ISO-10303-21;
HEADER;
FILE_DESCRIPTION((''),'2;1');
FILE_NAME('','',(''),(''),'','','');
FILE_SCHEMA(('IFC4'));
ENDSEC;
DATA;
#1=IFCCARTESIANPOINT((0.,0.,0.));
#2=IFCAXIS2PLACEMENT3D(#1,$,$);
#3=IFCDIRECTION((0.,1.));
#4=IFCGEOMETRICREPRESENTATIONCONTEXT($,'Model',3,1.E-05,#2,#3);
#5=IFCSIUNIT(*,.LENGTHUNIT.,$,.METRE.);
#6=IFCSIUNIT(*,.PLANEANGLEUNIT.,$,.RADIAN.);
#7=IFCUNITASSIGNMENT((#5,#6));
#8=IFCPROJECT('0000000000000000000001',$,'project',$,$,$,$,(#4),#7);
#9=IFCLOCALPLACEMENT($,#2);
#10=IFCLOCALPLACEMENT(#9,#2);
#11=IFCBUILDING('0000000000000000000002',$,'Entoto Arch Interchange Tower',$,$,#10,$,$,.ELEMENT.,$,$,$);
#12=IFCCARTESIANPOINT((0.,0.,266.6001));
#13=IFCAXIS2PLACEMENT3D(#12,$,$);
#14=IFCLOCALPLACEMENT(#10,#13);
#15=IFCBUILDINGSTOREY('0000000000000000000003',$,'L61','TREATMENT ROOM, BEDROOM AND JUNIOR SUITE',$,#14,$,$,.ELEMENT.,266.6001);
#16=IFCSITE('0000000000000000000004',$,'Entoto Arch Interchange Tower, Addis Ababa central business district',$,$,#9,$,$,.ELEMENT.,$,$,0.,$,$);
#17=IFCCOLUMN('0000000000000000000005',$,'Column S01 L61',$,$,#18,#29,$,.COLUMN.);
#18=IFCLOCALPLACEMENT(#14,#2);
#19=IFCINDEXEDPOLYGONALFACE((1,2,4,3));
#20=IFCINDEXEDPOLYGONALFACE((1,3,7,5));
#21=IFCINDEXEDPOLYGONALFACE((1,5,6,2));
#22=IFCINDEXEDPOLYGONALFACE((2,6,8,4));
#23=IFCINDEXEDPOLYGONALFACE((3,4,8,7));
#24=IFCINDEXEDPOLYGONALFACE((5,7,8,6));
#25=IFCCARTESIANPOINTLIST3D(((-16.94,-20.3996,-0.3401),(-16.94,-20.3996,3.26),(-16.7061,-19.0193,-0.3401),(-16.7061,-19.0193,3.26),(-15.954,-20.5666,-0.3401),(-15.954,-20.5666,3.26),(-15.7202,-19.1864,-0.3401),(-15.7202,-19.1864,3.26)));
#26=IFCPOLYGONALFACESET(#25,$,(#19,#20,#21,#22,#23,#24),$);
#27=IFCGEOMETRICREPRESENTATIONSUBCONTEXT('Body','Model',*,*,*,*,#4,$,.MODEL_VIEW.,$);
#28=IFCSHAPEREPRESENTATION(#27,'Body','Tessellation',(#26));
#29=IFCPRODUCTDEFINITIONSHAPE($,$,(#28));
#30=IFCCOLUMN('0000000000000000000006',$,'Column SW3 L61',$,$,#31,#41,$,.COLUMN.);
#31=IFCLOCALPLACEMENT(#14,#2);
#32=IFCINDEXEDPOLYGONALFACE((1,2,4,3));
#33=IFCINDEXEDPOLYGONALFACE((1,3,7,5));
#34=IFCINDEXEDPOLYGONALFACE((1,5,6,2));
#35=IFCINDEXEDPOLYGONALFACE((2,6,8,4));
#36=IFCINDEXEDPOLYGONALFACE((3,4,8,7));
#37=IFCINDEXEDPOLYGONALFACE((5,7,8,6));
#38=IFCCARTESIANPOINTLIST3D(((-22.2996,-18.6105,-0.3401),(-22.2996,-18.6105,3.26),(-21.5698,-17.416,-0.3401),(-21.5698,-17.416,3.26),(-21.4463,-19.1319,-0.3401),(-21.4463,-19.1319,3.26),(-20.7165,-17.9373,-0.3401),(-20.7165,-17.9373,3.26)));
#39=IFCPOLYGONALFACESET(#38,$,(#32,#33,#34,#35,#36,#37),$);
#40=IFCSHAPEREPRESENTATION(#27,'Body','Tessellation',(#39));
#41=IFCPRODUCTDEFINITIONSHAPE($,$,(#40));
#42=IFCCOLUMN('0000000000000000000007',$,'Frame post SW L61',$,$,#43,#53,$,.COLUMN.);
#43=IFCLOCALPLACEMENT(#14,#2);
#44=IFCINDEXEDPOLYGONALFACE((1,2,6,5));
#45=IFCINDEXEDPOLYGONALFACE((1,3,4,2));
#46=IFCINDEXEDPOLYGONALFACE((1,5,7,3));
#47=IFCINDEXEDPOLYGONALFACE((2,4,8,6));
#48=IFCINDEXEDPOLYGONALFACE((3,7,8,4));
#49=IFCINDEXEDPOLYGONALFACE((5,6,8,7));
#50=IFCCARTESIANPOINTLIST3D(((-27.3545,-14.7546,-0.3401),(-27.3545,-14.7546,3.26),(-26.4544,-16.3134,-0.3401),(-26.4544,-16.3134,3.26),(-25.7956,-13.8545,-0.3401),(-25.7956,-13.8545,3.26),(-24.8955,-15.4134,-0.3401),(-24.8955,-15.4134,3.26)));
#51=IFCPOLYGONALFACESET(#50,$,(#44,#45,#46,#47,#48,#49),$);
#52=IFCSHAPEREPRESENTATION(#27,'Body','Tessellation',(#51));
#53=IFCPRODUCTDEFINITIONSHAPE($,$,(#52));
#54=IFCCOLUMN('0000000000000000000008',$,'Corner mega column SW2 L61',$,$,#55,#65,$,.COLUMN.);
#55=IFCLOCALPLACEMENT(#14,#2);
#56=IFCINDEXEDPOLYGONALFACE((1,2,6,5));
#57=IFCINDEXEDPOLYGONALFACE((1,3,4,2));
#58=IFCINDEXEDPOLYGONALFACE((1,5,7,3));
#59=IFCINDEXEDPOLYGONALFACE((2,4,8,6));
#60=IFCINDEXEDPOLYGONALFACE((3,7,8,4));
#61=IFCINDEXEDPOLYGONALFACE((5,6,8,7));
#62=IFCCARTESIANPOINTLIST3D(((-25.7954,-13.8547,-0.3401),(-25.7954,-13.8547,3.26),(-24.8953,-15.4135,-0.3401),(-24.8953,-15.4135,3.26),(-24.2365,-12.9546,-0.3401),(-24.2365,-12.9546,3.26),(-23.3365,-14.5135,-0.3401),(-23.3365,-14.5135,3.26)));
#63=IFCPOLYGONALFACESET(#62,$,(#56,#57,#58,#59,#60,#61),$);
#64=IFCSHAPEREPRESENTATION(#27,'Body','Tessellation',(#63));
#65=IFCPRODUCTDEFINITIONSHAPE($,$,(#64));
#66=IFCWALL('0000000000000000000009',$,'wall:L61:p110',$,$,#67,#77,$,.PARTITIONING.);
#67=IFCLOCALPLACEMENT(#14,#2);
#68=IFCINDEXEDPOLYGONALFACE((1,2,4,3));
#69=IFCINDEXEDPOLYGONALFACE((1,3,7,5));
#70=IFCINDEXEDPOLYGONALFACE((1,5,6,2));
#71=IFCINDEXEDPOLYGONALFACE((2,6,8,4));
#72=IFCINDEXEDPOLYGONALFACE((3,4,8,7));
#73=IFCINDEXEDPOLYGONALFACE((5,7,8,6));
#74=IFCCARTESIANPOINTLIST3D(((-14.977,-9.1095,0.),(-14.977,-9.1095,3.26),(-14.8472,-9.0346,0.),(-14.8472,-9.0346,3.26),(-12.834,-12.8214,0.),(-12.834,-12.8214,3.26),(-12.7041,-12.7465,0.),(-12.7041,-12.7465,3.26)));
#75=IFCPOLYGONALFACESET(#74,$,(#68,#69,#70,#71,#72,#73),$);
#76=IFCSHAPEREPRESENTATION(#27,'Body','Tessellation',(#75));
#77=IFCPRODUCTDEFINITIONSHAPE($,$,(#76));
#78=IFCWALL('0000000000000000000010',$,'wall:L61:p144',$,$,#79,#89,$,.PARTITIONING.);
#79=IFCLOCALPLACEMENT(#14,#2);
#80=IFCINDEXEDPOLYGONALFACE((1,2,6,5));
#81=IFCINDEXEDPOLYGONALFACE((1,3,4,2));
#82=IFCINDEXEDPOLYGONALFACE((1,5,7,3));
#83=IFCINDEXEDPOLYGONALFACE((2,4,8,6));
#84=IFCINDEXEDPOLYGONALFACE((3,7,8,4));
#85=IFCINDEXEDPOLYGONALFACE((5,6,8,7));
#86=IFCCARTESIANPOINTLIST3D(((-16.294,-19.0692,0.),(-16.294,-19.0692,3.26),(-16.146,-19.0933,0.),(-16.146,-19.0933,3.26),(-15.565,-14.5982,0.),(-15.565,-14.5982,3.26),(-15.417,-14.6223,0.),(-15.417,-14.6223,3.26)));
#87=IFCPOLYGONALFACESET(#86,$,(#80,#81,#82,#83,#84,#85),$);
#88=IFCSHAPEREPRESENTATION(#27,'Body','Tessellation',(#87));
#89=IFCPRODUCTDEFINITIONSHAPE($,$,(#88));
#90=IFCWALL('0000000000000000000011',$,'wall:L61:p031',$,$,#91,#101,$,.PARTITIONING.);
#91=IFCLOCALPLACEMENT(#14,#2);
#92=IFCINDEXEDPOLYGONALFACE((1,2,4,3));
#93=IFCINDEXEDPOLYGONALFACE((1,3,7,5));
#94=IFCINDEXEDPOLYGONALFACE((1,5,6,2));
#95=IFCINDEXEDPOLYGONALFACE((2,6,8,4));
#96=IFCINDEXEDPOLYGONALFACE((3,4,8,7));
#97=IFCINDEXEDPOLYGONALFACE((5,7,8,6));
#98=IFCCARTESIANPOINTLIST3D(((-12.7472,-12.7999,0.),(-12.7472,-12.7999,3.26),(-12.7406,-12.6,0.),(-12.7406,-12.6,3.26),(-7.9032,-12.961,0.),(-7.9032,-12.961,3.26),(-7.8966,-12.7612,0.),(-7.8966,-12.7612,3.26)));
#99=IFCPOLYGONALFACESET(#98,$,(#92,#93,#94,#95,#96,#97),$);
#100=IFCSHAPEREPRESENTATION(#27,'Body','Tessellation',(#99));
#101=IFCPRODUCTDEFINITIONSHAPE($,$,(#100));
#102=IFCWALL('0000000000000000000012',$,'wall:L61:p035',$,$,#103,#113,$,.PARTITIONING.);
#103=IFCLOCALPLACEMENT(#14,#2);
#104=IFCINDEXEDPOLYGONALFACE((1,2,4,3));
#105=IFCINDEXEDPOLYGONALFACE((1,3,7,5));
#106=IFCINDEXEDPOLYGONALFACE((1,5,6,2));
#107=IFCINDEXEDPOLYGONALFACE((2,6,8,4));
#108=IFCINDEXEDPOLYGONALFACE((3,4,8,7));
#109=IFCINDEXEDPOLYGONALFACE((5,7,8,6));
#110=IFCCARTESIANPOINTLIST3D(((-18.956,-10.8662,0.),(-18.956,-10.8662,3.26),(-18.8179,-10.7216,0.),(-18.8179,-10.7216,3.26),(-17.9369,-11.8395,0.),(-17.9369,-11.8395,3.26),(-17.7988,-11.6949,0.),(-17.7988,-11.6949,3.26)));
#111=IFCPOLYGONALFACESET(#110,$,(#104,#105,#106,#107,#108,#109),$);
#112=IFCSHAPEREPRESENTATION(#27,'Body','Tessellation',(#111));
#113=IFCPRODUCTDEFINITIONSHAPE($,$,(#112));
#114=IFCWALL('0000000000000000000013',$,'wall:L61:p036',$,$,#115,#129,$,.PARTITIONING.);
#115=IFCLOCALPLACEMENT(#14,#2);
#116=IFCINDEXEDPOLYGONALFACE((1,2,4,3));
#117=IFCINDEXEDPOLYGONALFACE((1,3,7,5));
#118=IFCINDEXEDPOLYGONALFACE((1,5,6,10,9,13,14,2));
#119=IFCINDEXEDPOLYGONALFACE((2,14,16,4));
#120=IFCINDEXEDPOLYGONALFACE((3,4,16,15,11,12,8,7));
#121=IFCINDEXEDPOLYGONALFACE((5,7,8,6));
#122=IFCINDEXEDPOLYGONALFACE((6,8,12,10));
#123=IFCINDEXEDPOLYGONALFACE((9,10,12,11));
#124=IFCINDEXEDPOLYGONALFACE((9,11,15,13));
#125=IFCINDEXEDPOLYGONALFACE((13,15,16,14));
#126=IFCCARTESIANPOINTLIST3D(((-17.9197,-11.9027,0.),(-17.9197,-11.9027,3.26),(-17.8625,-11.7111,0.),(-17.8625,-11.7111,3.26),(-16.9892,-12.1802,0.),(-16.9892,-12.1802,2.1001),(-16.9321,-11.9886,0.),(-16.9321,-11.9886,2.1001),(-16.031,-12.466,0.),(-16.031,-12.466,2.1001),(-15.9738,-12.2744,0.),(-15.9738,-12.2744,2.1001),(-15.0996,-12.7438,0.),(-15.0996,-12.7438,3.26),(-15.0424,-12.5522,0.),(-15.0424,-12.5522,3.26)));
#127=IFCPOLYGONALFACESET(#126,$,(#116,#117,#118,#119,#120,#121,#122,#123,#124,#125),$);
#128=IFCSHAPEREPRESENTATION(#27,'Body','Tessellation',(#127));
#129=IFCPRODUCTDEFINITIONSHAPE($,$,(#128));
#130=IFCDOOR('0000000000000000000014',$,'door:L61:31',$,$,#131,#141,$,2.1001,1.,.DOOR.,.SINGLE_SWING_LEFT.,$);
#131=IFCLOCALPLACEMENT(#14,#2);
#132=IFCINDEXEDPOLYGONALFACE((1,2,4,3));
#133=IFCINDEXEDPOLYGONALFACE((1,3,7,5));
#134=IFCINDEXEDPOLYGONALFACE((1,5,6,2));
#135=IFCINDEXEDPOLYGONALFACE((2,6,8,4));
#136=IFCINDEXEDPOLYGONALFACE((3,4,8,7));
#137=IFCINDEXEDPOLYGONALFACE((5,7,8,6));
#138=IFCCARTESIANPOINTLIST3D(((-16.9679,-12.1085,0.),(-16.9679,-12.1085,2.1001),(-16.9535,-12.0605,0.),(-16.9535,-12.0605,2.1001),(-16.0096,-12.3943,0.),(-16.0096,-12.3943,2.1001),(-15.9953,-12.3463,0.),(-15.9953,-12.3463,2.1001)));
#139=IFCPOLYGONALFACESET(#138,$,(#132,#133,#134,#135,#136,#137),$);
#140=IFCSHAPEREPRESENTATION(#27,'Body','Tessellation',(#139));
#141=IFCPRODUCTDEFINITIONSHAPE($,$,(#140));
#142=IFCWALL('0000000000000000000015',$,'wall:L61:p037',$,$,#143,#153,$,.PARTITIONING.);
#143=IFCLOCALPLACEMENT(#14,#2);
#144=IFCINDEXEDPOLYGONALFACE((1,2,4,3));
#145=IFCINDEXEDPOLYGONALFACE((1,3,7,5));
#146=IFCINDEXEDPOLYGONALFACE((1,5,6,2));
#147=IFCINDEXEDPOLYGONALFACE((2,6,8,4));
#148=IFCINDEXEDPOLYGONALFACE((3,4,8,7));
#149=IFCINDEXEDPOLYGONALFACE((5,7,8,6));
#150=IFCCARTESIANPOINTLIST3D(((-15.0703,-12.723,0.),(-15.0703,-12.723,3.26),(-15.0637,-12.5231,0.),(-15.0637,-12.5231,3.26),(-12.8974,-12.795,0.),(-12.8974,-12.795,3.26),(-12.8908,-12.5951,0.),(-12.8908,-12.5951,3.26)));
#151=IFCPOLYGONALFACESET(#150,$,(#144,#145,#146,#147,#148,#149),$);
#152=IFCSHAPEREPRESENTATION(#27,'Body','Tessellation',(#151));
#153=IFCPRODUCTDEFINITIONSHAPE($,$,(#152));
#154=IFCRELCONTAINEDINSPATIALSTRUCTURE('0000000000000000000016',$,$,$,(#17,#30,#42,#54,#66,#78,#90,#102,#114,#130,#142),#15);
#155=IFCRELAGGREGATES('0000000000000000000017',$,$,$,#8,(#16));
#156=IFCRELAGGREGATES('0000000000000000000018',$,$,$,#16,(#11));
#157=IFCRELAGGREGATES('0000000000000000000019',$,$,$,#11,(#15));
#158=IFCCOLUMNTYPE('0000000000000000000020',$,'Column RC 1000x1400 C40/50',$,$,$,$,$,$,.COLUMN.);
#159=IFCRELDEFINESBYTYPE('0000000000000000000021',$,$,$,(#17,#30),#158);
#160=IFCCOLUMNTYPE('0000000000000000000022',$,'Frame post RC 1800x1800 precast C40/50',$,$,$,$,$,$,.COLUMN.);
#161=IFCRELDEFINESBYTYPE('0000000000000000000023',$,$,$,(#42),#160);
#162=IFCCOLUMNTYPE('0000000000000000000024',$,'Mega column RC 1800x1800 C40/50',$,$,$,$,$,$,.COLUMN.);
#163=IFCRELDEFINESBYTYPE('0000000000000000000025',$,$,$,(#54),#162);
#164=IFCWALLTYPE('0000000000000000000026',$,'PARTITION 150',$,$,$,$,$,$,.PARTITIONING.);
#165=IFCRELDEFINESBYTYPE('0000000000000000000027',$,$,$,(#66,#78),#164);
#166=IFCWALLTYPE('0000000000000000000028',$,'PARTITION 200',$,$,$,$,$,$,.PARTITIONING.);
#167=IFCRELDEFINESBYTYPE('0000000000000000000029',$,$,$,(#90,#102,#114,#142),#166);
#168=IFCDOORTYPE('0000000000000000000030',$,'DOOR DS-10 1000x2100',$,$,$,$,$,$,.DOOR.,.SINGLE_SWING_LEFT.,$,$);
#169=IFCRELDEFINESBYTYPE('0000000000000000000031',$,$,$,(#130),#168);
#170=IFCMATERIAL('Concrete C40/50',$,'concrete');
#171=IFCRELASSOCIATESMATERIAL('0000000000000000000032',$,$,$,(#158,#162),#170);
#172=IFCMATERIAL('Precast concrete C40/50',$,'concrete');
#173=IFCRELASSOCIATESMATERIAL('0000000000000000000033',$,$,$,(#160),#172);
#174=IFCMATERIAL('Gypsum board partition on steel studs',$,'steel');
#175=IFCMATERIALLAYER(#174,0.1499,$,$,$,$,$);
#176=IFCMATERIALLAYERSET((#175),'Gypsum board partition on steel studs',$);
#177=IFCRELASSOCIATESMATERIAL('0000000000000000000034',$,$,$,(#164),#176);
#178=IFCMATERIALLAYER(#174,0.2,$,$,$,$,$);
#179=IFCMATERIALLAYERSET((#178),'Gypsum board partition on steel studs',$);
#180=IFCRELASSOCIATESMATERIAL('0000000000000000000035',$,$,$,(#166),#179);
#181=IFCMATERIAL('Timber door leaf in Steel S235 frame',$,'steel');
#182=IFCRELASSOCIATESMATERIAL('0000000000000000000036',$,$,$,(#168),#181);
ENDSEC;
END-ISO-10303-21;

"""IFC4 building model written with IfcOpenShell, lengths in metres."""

from ifc_helpers import new_model, si_unit, direction, frame, frame_2d, origin, origin_2d, place, context, subcontext, project, spatial, rectangle, extrude, material, layer, layer_set, material_profile, profile_set, type_object, element, fill, save


model = new_model("IFC4")

# Units and contexts
model_context = context("Model", 3, precision=1e-05, world=origin(), true_north=direction((0.0, 1.0)))
body_context = subcontext(model_context, "Body", "Model", "MODEL_VIEW")
ifc_project = project(units=[si_unit("LENGTHUNIT", "METRE"), si_unit("PLANEANGLEUNIT", "RADIAN")], contexts=[model_context])

# Site, building, storey
site_placement = place(None, origin())
site = spatial("IfcSite", under=ifc_project, at=site_placement, Name="Entoto Arch Interchange Tower, Addis Ababa central business district", CompositionType="ELEMENT", RefElevation=0.0)
building_placement = place(site_placement, origin())
building = spatial("IfcBuilding", under=site, at=building_placement, Name="Entoto Arch Interchange Tower", CompositionType="ELEMENT")
storey_placement = place(building_placement, frame((0.0, 0.0, 266.6001)))
storey = spatial("IfcBuildingStorey", under=building, at=storey_placement, Name="L61", Description="TREATMENT ROOM, BEDROOM AND JUNIOR SUITE", CompositionType="ELEMENT", Elevation=266.6001)

# Columns
ifc_material_1 = material(Name="Concrete C40/50", Category="concrete")
ifc_material_profile_1 = material_profile(ifc_material_1, rectangle(XDim=1.0, YDim=1.3999, at=origin_2d()))
ifc_profile_set_1 = profile_set([ifc_material_profile_1], Name="Concrete C40/50")
column_type_1 = type_object("IfcColumnType", Name="Column RC 1000x1400 C40/50", PredefinedType="COLUMN", material=ifc_profile_set_1)
for number, where, z_axis, x_axis, name in (
    (1, (-16.3301, -19.793, -0.3401), (0.0, 0.0, 1.0), (-0.985952, 0.167027, 0.0), "Column S01 L61"),
    (2, (-21.5081, -18.2739, -0.3401), (0.0, 0.0, 1.0), (-0.853342, 0.521352, 0.0), "Column SW3 L61"),
):
    element("IfcColumn", number, at=place(storey_placement, frame(where, z_axis=z_axis, x_axis=x_axis)), inside=storey, type_object=column_type_1, Name=name, PredefinedType="COLUMN", context=body_context, shape_type="SweptSolid", body=[
        extrude(rectangle(XDim=1.0, YDim=1.3999, at=origin_2d()), origin(), (0.0, 0.0, 1.0), 3.6001),
    ])
ifc_material_2 = material(Name="Precast concrete C40/50", Category="concrete")
ifc_material_profile_2 = material_profile(ifc_material_2, rectangle(XDim=1.8, YDim=1.8, at=origin_2d()))
ifc_profile_set_2 = profile_set([ifc_material_profile_2], Name="Precast concrete C40/50")
column_type_2 = type_object("IfcColumnType", Name="Frame post RC 1800x1800 precast C40/50", PredefinedType="COLUMN", material=ifc_profile_set_2)
column_1_placement = place(storey_placement, frame((-26.125, -15.084, -0.3401), z_axis=(0.0, 0.0, 1.0), x_axis=(0.866025, 0.5, 0.0)))
element("IfcColumn", 3, at=column_1_placement, inside=storey, type_object=column_type_2, Name="Frame post SW L61", PredefinedType="COLUMN", context=body_context, shape_type="SweptSolid", body=[
    extrude(rectangle(XDim=1.8, YDim=1.8, at=origin_2d()), origin(), (0.0, 0.0, 1.0), 3.6001),
])
ifc_material_profile_3 = material_profile(ifc_material_1, rectangle(XDim=1.8, YDim=1.8, at=origin_2d()))
ifc_profile_set_3 = profile_set([ifc_material_profile_3], Name="Concrete C40/50")
column_type_3 = type_object("IfcColumnType", Name="Mega column RC 1800x1800 C40/50", PredefinedType="COLUMN", material=ifc_profile_set_3)
column_2_placement = place(storey_placement, frame((-24.5659, -14.1841, -0.3401), z_axis=(0.0, 0.0, 1.0), x_axis=(0.866025, 0.5, 0.0)))
element("IfcColumn", 4, at=column_2_placement, inside=storey, type_object=column_type_3, Name="Corner mega column SW2 L61", PredefinedType="COLUMN", context=body_context, shape_type="SweptSolid", body=[
    extrude(rectangle(XDim=1.8, YDim=1.8, at=origin_2d()), origin(), (0.0, 0.0, 1.0), 3.6001),
])

# Walls
ifc_material_3 = material(Name="Gypsum board partition on steel studs", Category="steel")
ifc_layer_1 = layer(ifc_material_3, 0.1499)
ifc_layer_set_1 = layer_set([ifc_layer_1], Name="Gypsum board partition on steel studs")
wall_type_1 = type_object("IfcWallType", Name="PARTITION 150", PredefinedType="PARTITIONING", material=ifc_layer_set_1)
wall_1_placement = place(storey_placement, frame((-12.769, -12.7839, 0.0), z_axis=(0.0, 0.0, 1.0), x_axis=(-0.499999, 0.866026, 0.0)))
element("IfcWall", 5, at=wall_1_placement, inside=storey, type_object=wall_type_1, Name="wall:L61:p110", PredefinedType="PARTITIONING", context=body_context, shape_type="SweptSolid", body=[
    extrude(rectangle(XDim=4.2861, YDim=0.1499, at=frame_2d((2.1431, 0.0))), origin(), (0.0, 0.0, 1.0), 3.26),
])
wall_2_placement = place(storey_placement, frame((-15.491, -14.6101, 0.0), z_axis=(0.0, 0.0, 1.0), x_axis=(-0.160928, -0.986966, 0.0)))
element("IfcWall", 6, at=wall_2_placement, inside=storey, type_object=wall_type_1, Name="wall:L61:p144", PredefinedType="PARTITIONING", context=body_context, shape_type="SweptSolid", body=[
    extrude(rectangle(XDim=4.53, YDim=0.1499, at=frame_2d((2.2651, 0.0))), origin(), (0.0, 0.0, 1.0), 3.26),
])
ifc_layer_2 = layer(ifc_material_3, 0.2)
ifc_layer_set_2 = layer_set([ifc_layer_2], Name="Gypsum board partition on steel studs")
wall_type_2 = type_object("IfcWallType", Name="PARTITION 200", PredefinedType="PARTITIONING", material=ifc_layer_set_2)
wall_3_placement = place(storey_placement, frame((-12.7439, -12.7, 0.0), z_axis=(0.0, 0.0, 1.0), x_axis=(0.999447, -0.033246, 0.0)))
element("IfcWall", 7, at=wall_3_placement, inside=storey, type_object=wall_type_2, Name="wall:L61:p031", PredefinedType="PARTITIONING", context=body_context, shape_type="SweptSolid", body=[
    extrude(rectangle(XDim=4.8467, YDim=0.2, at=frame_2d((2.4233, 0.0))), origin(), (0.0, 0.0, 1.0), 3.26),
])
wall_4_placement = place(storey_placement, frame((-18.887, -10.7939, 0.0), z_axis=(0.0, 0.0, 1.0), x_axis=(0.723206, -0.690632, 0.0)))
element("IfcWall", 8, at=wall_4_placement, inside=storey, type_object=wall_type_2, Name="wall:L61:p035", PredefinedType="PARTITIONING", context=body_context, shape_type="SweptSolid", body=[
    extrude(rectangle(XDim=1.4092, YDim=0.2, at=frame_2d((0.7046, 0.0))), origin(), (0.0, 0.0, 1.0), 3.26),
])

# Wall, opening, door
wall_5_placement = place(storey_placement, frame((-17.8911, -11.8069, 0.0), z_axis=(0.0, 0.0, 1.0), x_axis=(0.958289, -0.285802, 0.0)))
wall_5 = element("IfcWall", 9, at=wall_5_placement, inside=storey, type_object=wall_type_2, Name="wall:L61:p036", PredefinedType="PARTITIONING", context=body_context, shape_type="SweptSolid", body=[
    extrude(rectangle(XDim=2.9429, YDim=0.2, at=frame_2d((1.4714, 0.0))), origin(), (0.0, 0.0, 1.0), 3.26),
])
opening_1_placement = place(wall_5_placement, frame((0.9709, 0.0, 0.0)))
opening_1 = element("IfcOpeningElement", 10, at=opening_1_placement, cuts=wall_5, PredefinedType="OPENING", context=body_context, shape_type="SweptSolid", body=[
    extrude(rectangle(XDim=1.0, YDim=2.1001, at=frame_2d((0.5, 1.05))), frame((0.0, 0.1099, 0.0), z_axis=(0.0, -1.0, 0.0), x_axis=(1.0, 0.0, 0.0)), (0.0, 0.0, 1.0), 0.22),
])
ifc_material_4 = material(Name="Timber door leaf in Steel S235 frame", Category="steel")
door_type_1 = type_object("IfcDoorType", Name="DOOR DS-10 1000x2100", OperationType="SINGLE_SWING_LEFT", PredefinedType="DOOR", material=ifc_material_4)
door_1_placement = place(opening_1_placement, origin())
door_1 = element("IfcDoor", 11, at=door_1_placement, inside=storey, type_object=door_type_1, Name="door:L61:31", OperationType="SINGLE_SWING_LEFT", OverallHeight=2.1001, OverallWidth=1.0, PredefinedType="DOOR", context=body_context, shape_type="SweptSolid", body=[
    extrude(rectangle(XDim=1.0, YDim=2.1001, at=frame_2d((0.5, 1.05))), frame((0.0, 0.0249, 0.0), z_axis=(0.0, -1.0, 0.0), x_axis=(1.0, 0.0, 0.0)), (0.0, 0.0, 1.0), 0.05),
])
fill(opening_1, door_1)

# Wall
wall_6_placement = place(storey_placement, frame((-15.0669, -12.623, 0.0), z_axis=(0.0, 0.0, 1.0), x_axis=(0.999451, -0.033128, 0.0)))
element("IfcWall", 12, at=wall_6_placement, inside=storey, type_object=wall_type_2, Name="wall:L61:p037", PredefinedType="PARTITIONING", context=body_context, shape_type="SweptSolid", body=[
    extrude(rectangle(XDim=2.1741, YDim=0.2, at=frame_2d((1.0869, 0.0))), origin(), (0.0, 0.0, 1.0), 3.26),
])

save(model, "model.ifc")
